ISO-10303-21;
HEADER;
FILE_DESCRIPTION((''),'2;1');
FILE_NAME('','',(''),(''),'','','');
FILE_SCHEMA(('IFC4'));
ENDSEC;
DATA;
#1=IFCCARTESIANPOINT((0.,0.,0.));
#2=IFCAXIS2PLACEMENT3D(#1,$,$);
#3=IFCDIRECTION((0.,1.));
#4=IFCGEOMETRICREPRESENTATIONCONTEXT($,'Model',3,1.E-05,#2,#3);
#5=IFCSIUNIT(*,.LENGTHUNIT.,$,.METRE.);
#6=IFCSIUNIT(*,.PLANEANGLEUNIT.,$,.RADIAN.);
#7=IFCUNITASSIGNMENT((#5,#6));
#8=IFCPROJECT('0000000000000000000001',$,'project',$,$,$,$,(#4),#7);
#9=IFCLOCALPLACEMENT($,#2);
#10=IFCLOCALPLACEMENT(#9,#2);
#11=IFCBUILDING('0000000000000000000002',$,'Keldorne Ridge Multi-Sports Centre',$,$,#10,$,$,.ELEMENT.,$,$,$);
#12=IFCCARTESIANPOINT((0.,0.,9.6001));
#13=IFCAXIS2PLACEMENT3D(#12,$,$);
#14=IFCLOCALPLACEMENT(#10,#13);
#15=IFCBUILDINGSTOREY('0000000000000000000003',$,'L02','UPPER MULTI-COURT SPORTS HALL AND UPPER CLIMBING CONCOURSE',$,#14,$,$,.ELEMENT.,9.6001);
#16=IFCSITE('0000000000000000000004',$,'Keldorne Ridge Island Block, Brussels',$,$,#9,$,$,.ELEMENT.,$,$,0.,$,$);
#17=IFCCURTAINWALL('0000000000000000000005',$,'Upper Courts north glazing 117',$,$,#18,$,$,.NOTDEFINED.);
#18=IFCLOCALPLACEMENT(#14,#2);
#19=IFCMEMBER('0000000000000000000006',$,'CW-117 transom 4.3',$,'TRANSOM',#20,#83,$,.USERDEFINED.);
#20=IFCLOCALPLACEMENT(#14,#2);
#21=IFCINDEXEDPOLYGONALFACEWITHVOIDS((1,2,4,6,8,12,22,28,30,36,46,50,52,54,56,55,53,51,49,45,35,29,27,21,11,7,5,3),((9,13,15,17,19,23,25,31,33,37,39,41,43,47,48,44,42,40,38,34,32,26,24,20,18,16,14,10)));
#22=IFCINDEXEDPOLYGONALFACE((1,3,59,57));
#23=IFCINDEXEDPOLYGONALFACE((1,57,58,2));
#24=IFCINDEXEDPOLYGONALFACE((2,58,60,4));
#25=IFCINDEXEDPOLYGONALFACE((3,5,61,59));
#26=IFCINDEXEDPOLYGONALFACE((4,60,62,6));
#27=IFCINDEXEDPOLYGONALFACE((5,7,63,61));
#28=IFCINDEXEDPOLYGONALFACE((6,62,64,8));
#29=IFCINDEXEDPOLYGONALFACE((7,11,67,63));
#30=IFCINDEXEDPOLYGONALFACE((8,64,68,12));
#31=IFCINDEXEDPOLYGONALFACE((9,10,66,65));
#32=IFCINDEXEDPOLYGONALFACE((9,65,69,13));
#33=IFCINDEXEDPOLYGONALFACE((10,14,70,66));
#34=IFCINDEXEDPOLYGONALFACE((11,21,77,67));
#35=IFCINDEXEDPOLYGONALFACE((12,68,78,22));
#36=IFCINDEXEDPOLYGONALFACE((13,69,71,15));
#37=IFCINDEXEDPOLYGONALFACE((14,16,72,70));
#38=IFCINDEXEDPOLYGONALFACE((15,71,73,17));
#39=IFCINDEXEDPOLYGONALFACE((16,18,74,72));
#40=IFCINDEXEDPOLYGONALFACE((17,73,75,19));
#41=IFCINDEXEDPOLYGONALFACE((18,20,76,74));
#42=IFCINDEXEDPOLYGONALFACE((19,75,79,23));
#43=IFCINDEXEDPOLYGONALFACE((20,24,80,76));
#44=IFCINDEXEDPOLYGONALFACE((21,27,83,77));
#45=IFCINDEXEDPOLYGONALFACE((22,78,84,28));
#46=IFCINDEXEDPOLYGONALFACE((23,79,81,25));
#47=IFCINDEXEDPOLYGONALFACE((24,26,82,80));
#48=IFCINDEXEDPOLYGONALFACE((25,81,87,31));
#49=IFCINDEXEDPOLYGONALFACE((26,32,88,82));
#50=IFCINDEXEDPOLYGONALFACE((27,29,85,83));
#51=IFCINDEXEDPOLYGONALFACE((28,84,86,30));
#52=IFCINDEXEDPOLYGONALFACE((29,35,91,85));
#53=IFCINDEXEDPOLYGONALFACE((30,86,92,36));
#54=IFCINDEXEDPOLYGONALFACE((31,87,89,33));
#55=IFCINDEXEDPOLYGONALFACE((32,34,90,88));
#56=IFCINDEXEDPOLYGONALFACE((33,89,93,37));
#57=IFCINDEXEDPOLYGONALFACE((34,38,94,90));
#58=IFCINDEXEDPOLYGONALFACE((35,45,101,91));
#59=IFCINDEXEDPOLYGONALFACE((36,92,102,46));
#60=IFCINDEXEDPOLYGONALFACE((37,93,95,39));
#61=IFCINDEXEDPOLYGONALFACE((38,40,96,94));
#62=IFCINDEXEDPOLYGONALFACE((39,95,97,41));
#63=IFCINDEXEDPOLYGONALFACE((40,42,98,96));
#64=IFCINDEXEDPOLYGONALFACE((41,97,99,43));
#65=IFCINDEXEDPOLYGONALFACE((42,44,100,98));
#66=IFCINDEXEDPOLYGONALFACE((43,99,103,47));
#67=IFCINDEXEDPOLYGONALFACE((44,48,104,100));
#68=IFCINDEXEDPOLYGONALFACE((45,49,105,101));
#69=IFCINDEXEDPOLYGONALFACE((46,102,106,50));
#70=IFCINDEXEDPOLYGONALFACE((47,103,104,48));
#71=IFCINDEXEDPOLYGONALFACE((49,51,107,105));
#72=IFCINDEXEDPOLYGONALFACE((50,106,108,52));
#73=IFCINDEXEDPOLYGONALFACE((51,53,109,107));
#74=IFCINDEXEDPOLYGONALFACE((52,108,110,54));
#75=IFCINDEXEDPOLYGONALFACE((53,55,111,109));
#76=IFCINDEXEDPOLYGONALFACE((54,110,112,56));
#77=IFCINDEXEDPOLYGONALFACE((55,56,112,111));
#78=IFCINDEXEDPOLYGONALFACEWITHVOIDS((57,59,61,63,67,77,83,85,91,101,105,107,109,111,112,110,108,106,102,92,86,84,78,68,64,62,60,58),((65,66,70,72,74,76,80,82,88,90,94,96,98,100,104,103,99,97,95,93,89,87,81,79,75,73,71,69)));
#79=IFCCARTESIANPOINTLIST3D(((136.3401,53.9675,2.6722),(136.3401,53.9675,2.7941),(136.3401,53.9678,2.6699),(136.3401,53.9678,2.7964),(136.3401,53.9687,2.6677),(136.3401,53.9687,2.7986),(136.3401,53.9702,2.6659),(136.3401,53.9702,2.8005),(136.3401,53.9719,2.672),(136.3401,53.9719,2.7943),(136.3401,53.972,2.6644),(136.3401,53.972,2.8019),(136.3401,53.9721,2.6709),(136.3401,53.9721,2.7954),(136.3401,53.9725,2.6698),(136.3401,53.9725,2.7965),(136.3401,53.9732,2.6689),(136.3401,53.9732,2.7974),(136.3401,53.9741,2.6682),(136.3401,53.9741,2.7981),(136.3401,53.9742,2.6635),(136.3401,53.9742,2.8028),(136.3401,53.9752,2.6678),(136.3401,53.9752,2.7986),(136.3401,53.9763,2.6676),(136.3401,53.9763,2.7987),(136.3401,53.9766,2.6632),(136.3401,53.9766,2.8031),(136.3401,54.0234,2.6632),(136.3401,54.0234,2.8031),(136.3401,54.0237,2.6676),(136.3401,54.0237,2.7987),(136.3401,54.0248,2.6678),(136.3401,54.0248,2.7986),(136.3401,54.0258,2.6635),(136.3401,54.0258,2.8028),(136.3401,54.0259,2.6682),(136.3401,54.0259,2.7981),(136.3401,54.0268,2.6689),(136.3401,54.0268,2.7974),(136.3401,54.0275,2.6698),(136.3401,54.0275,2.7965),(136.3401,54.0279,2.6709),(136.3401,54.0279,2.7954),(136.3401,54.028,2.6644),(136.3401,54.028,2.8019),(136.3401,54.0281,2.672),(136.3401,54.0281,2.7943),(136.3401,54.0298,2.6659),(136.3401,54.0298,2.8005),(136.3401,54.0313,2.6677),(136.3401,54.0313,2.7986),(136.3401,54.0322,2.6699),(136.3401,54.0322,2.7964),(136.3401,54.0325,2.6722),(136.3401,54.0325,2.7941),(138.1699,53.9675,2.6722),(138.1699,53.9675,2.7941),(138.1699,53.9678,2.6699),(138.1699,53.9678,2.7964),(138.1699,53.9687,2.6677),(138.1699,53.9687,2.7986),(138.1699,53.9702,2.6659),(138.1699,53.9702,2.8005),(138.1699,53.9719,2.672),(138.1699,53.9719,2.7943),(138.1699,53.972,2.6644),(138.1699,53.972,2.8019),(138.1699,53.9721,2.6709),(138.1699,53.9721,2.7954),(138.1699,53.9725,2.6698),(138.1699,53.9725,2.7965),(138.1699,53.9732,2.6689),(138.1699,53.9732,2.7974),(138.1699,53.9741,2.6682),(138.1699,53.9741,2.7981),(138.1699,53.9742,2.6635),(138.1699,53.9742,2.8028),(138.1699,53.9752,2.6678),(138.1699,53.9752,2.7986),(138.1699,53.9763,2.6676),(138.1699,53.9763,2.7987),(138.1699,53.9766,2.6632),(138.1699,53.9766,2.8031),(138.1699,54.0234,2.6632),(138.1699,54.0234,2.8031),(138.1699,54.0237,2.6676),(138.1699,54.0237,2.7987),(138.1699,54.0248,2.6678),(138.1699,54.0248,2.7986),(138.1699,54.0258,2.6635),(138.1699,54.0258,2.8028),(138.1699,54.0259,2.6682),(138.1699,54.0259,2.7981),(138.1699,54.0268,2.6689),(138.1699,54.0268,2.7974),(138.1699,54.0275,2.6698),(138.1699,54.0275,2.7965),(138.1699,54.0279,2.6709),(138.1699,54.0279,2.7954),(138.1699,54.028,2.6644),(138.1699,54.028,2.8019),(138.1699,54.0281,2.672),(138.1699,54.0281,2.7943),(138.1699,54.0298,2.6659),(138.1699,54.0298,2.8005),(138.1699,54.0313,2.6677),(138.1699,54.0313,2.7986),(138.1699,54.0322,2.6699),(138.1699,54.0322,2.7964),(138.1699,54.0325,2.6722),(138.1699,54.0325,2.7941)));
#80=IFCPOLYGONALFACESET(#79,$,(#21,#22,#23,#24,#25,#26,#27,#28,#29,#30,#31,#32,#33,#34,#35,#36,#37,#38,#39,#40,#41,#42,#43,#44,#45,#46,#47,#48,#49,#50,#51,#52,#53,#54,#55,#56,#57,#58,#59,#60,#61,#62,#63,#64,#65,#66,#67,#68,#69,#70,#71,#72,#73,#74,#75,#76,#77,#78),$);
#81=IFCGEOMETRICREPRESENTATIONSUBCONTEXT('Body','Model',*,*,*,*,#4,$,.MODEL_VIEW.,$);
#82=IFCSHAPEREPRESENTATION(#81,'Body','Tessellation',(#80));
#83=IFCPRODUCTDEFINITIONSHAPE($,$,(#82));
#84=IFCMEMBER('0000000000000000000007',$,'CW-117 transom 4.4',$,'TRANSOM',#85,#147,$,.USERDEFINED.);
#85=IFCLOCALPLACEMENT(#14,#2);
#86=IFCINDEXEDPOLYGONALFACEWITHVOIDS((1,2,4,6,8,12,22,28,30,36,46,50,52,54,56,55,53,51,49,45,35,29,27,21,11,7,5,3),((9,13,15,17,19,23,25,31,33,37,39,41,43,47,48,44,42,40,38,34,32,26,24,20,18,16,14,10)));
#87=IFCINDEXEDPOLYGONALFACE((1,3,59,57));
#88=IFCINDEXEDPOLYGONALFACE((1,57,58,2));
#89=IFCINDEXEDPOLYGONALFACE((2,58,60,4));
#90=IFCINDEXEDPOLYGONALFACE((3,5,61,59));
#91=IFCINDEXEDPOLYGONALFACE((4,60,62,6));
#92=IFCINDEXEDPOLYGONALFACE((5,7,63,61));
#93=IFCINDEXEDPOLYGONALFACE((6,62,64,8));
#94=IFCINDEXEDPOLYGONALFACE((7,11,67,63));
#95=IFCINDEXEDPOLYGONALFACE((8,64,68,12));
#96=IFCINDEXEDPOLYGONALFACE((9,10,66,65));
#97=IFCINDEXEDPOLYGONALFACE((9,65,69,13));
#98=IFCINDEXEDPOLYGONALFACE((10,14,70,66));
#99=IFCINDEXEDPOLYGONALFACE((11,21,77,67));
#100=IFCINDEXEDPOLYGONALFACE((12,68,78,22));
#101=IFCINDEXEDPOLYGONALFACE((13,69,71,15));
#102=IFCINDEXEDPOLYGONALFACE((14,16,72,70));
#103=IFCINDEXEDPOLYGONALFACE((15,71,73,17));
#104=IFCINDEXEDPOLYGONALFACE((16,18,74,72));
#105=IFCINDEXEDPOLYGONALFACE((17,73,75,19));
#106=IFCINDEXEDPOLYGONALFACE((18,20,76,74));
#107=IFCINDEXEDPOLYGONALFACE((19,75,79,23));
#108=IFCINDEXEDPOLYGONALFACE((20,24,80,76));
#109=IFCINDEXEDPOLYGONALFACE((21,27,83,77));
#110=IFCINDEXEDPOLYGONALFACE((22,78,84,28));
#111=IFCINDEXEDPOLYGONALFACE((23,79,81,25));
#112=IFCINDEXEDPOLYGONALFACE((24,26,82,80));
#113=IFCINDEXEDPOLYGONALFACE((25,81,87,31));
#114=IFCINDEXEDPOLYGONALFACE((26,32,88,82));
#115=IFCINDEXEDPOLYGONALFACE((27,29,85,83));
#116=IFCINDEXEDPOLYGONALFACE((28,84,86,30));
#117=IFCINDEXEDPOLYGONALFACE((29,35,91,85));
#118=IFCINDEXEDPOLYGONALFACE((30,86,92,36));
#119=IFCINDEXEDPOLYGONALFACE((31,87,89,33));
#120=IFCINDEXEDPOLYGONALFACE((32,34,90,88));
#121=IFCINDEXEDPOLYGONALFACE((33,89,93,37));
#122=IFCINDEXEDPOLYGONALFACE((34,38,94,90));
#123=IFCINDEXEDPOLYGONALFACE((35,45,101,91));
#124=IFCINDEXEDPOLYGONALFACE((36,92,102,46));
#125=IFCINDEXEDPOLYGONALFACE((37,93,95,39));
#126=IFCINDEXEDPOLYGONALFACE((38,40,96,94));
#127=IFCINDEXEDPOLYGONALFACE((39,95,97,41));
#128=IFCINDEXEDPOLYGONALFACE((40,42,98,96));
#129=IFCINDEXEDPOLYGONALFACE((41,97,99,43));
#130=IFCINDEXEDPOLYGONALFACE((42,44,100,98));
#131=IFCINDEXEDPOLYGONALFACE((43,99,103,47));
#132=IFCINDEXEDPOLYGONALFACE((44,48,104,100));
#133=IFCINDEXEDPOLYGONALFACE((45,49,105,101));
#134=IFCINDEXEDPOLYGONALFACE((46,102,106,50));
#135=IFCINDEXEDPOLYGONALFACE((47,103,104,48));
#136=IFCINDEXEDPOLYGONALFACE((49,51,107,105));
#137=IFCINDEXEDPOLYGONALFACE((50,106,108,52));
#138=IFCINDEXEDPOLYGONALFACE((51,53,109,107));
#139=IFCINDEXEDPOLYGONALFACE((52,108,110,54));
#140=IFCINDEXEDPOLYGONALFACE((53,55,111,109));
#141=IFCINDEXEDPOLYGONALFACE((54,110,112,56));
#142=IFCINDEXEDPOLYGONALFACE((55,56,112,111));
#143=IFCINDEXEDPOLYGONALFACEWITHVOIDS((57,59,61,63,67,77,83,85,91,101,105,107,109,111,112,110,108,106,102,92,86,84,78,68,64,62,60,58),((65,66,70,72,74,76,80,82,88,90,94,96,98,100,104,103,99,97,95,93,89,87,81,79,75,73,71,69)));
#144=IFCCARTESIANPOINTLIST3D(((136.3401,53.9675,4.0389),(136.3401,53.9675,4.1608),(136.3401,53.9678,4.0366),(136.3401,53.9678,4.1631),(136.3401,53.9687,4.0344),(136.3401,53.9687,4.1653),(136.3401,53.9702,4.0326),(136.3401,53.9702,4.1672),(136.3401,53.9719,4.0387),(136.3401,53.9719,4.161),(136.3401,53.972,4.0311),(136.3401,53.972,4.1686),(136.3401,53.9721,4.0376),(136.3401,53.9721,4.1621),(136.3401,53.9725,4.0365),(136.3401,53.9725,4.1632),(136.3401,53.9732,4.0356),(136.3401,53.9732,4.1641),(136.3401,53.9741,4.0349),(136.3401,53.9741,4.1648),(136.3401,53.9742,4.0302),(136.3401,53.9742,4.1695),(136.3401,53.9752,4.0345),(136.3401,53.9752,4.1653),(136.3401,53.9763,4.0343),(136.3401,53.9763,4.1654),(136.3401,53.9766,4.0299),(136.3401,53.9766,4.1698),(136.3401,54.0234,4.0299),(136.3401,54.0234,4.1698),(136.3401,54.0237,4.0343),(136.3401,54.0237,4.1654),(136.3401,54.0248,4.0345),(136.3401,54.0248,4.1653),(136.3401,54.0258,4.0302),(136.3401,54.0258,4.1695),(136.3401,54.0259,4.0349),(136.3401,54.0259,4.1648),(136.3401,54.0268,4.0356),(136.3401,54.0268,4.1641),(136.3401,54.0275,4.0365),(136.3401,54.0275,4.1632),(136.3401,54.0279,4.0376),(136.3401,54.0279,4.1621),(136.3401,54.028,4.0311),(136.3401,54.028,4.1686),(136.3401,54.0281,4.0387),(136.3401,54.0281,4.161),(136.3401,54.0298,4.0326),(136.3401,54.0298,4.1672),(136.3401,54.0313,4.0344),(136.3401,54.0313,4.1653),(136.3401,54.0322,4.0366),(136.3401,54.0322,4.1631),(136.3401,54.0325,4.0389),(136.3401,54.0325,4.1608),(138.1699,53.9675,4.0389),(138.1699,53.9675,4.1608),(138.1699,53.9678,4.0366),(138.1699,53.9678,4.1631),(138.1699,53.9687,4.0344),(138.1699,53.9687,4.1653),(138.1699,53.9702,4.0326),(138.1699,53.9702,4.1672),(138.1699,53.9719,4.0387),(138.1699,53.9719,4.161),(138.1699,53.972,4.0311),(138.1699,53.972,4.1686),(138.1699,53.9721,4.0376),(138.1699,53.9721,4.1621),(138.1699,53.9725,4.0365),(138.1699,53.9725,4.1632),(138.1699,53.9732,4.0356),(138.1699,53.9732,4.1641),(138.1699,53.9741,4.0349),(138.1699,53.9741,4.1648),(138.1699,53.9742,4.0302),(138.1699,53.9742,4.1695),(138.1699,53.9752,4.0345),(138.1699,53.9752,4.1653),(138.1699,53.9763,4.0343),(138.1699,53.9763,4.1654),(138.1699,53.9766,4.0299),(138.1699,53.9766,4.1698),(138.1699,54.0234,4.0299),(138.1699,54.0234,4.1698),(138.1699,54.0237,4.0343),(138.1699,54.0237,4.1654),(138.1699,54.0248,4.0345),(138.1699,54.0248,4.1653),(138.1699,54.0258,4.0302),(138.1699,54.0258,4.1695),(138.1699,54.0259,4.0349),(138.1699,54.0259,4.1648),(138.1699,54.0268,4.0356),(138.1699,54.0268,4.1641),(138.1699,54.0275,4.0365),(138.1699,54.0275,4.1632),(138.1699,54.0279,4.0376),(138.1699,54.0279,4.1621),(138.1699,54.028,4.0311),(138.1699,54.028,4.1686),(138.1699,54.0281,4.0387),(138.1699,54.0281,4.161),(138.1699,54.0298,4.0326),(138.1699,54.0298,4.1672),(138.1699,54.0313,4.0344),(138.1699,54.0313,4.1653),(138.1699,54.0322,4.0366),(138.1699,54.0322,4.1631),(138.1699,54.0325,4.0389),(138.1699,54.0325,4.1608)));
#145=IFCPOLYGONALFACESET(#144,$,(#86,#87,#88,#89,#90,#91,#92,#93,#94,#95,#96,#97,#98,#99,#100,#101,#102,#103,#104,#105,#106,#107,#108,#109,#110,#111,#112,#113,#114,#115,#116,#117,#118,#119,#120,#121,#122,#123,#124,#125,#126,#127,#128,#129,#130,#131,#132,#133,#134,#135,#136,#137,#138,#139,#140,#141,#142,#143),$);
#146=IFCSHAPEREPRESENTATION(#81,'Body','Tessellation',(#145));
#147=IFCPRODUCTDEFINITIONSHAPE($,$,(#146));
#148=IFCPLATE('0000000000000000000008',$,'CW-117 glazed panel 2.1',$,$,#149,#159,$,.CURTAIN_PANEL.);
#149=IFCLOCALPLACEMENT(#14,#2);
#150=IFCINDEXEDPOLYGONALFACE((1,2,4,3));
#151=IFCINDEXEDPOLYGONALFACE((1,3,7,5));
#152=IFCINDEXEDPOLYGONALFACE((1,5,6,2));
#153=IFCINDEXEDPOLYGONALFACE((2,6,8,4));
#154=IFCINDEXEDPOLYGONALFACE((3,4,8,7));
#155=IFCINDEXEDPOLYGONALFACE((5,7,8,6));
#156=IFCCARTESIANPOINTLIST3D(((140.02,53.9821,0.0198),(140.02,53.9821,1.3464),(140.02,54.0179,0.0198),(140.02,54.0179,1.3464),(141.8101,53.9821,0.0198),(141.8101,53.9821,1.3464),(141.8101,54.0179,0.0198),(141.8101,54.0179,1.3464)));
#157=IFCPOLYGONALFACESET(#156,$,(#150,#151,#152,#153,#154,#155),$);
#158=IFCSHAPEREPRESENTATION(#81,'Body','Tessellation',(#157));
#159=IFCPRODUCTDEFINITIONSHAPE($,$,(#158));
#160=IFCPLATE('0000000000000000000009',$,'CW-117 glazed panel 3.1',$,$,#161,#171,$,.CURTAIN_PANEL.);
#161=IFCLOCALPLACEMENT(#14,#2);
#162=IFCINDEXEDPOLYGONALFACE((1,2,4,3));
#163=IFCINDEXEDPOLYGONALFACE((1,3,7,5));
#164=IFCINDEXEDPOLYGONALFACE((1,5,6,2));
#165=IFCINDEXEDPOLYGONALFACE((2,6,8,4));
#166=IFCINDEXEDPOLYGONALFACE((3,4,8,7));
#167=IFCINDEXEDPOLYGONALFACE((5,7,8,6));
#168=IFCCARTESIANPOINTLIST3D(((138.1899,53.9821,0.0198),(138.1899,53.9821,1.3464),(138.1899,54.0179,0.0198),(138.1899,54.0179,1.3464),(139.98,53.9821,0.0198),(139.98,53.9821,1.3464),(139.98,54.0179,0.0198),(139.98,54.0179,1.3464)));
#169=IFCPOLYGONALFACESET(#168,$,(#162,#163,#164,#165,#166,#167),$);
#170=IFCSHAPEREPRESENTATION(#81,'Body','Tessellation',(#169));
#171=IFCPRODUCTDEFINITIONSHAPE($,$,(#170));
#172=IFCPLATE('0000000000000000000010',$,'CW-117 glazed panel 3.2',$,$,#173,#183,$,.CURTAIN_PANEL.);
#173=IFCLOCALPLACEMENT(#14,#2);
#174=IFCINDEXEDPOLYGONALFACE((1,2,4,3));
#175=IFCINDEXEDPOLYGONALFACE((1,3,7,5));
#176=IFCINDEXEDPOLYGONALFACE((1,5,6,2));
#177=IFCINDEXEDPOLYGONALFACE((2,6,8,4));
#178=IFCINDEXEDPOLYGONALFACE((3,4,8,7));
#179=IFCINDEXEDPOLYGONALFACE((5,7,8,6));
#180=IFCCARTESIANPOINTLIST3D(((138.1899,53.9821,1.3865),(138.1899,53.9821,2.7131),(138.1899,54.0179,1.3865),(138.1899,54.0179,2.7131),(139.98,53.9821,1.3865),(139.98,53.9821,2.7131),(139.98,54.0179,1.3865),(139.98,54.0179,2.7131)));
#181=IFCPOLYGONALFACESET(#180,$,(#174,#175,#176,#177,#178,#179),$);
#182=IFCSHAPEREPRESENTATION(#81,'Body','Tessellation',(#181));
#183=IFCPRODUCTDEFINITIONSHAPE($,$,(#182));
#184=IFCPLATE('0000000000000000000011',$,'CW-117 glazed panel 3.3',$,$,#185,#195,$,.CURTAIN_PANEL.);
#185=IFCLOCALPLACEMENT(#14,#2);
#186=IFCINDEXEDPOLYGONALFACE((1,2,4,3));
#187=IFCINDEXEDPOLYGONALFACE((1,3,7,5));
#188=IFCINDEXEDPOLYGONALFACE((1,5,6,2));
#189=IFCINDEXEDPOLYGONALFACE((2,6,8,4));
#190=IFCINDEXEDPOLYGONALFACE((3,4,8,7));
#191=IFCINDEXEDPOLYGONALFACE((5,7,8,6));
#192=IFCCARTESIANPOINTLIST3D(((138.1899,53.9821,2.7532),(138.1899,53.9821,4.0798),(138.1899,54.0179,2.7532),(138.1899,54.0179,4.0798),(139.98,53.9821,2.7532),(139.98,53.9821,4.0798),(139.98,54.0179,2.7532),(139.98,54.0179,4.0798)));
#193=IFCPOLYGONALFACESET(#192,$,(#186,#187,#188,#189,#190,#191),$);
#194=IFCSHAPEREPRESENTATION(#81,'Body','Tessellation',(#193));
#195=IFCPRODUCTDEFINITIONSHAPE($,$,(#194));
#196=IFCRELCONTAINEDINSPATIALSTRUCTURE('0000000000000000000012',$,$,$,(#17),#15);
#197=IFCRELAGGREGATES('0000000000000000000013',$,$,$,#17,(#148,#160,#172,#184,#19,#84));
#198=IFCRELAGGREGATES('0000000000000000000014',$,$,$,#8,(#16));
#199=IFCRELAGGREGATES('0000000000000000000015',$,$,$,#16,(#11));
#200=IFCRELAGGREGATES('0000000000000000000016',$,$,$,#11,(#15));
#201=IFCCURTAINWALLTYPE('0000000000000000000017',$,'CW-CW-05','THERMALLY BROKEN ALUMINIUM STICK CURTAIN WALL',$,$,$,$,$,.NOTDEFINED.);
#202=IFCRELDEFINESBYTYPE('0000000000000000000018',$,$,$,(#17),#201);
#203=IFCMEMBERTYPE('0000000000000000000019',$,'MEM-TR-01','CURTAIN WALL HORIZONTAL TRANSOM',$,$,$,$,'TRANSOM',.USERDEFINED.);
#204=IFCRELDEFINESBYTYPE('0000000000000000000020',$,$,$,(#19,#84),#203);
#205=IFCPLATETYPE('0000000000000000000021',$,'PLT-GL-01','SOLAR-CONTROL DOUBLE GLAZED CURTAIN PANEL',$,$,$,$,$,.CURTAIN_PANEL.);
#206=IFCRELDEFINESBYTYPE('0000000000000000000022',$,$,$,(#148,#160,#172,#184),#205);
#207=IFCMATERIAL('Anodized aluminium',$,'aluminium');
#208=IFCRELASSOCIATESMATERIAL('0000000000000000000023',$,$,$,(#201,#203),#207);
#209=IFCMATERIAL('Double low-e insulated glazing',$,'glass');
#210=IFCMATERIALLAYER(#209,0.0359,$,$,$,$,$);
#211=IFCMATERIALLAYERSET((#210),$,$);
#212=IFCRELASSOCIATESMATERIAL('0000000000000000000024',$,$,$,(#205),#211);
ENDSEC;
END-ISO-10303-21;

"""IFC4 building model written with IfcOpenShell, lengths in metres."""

from ifc_helpers import new_model, si_unit, direction, frame, origin, origin_2d, place, context, subcontext, project, spatial, rectangle, hollow_rectangle, extrude, material, layer, layer_set, material_profile, profile_set, type_object, element, aggregate, save


model = new_model("IFC4")

# Units and contexts
model_context = context("Model", 3, precision=1e-05, world=origin(), true_north=direction((0.0, 1.0)))
body_context = subcontext(model_context, "Body", "Model", "MODEL_VIEW")
ifc_project = project(units=[si_unit("LENGTHUNIT", "METRE"), si_unit("PLANEANGLEUNIT", "RADIAN")], contexts=[model_context])

# Site, building, storey
site_placement = place(None, origin())
site = spatial("IfcSite", under=ifc_project, at=site_placement, Name="Keldorne Ridge Island Block, Brussels", CompositionType="ELEMENT", RefElevation=0.0)
building_placement = place(site_placement, origin())
building = spatial("IfcBuilding", under=site, at=building_placement, Name="Keldorne Ridge Multi-Sports Centre", CompositionType="ELEMENT")
storey_placement = place(building_placement, frame((0.0, 0.0, 9.6001)))
storey = spatial("IfcBuildingStorey", under=building, at=storey_placement, Name="L02", Description="UPPER MULTI-COURT SPORTS HALL AND UPPER CLIMBING CONCOURSE", CompositionType="ELEMENT", Elevation=9.6001)

# Curtain wall
ifc_material_1 = material(Name="Anodized aluminium", Category="aluminium")
curtain_wall_type_1 = type_object("IfcCurtainWallType", Name="CW-CW-05", Description="THERMALLY BROKEN ALUMINIUM STICK CURTAIN WALL", PredefinedType="NOTDEFINED", material=ifc_material_1)
curtain_wall_1_placement = place(storey_placement, origin())
curtain_wall_1 = element("IfcCurtainWall", 1, at=curtain_wall_1_placement, inside=storey, type_object=curtain_wall_type_1, Name="Upper Courts north glazing 117", PredefinedType="NOTDEFINED")
ifc_material_profile_1 = material_profile(ifc_material_1, hollow_rectangle(XDim=0.0649, YDim=0.1399, WallThickness=0.0044, InnerFilletRadius=0.0044, OuterFilletRadius=0.009, at=origin_2d()), Name="ALU TRANSOM 140x65x4.5")
ifc_profile_set_1 = profile_set([ifc_material_profile_1], Name="Anodized aluminium")
member_type_1 = type_object("IfcMemberType", Name="MEM-TR-01", Description="CURTAIN WALL HORIZONTAL TRANSOM", ElementType="TRANSOM", PredefinedType="USERDEFINED", material=ifc_profile_set_1)

# Members
member_1_placement = place(storey_placement, frame((138.1699, 54.0, 2.7332), z_axis=(-1.0, 0.0, 0.0), x_axis=(0.0, -1.0, 0.0)))
member_1 = element("IfcMember", 2, at=member_1_placement, type_object=member_type_1, Name="CW-117 transom 4.3", ObjectType="TRANSOM", PredefinedType="USERDEFINED", context=body_context, shape_type="SweptSolid", body=[
    extrude(hollow_rectangle(XDim=0.0649, YDim=0.1399, WallThickness=0.0044, InnerFilletRadius=0.0044, OuterFilletRadius=0.009, at=origin_2d()), origin(), (0.0, 0.0, 1.0), 1.8298),
])
member_2_placement = place(storey_placement, frame((138.1699, 54.0, 4.0999), z_axis=(-1.0, 0.0, 0.0), x_axis=(0.0, -1.0, 0.0)))
member_2 = element("IfcMember", 3, at=member_2_placement, type_object=member_type_1, Name="CW-117 transom 4.4", ObjectType="TRANSOM", PredefinedType="USERDEFINED", context=body_context, shape_type="SweptSolid", body=[
    extrude(hollow_rectangle(XDim=0.0649, YDim=0.1399, WallThickness=0.0044, InnerFilletRadius=0.0044, OuterFilletRadius=0.009, at=origin_2d()), origin(), (0.0, 0.0, 1.0), 1.8298),
])

# Plates
ifc_material_2 = material(Name="Double low-e insulated glazing", Category="glass")
ifc_layer = layer(ifc_material_2, 0.0359)
ifc_layer_set = layer_set([ifc_layer])
plate_type = type_object("IfcPlateType", Name="PLT-GL-01", Description="SOLAR-CONTROL DOUBLE GLAZED CURTAIN PANEL", PredefinedType="CURTAIN_PANEL", material=ifc_layer_set)
plate_1_placement = place(storey_placement, frame((140.915, 54.0, 0.0198), z_axis=(0.0, 0.0, 1.0), x_axis=(-1.0, 0.0, 0.0)))
plate_1 = element("IfcPlate", 4, at=plate_1_placement, type_object=plate_type, Name="CW-117 glazed panel 2.1", PredefinedType="CURTAIN_PANEL", context=body_context, shape_type="SweptSolid", body=[
    extrude(rectangle(XDim=1.79, YDim=0.0359, at=origin_2d()), origin(), (0.0, 0.0, 1.0), 1.3267),
])
plate_2_placement = place(storey_placement, frame((139.085, 54.0, 0.0198), z_axis=(0.0, 0.0, 1.0), x_axis=(-1.0, 0.0, 0.0)))
plate_2 = element("IfcPlate", 5, at=plate_2_placement, type_object=plate_type, Name="CW-117 glazed panel 3.1", PredefinedType="CURTAIN_PANEL", context=body_context, shape_type="SweptSolid", body=[
    extrude(rectangle(XDim=1.79, YDim=0.0359, at=origin_2d()), origin(), (0.0, 0.0, 1.0), 1.3267),
])
plate_3_placement = place(storey_placement, frame((139.085, 54.0, 1.3865), z_axis=(0.0, 0.0, 1.0), x_axis=(-1.0, 0.0, 0.0)))
plate_3 = element("IfcPlate", 6, at=plate_3_placement, type_object=plate_type, Name="CW-117 glazed panel 3.2", PredefinedType="CURTAIN_PANEL", context=body_context, shape_type="SweptSolid", body=[
    extrude(rectangle(XDim=1.79, YDim=0.0359, at=origin_2d()), origin(), (0.0, 0.0, 1.0), 1.3267),
])
plate_4_placement = place(storey_placement, frame((139.085, 54.0, 2.7532), z_axis=(0.0, 0.0, 1.0), x_axis=(-1.0, 0.0, 0.0)))
plate_4 = element("IfcPlate", 7, at=plate_4_placement, type_object=plate_type, Name="CW-117 glazed panel 3.3", PredefinedType="CURTAIN_PANEL", context=body_context, shape_type="SweptSolid", body=[
    extrude(rectangle(XDim=1.79, YDim=0.0359, at=origin_2d()), origin(), (0.0, 0.0, 1.0), 1.3267),
])
aggregate(curtain_wall_1, [plate_1, plate_2, plate_3, plate_4, member_1, member_2])

save(model, "model.ifc")
